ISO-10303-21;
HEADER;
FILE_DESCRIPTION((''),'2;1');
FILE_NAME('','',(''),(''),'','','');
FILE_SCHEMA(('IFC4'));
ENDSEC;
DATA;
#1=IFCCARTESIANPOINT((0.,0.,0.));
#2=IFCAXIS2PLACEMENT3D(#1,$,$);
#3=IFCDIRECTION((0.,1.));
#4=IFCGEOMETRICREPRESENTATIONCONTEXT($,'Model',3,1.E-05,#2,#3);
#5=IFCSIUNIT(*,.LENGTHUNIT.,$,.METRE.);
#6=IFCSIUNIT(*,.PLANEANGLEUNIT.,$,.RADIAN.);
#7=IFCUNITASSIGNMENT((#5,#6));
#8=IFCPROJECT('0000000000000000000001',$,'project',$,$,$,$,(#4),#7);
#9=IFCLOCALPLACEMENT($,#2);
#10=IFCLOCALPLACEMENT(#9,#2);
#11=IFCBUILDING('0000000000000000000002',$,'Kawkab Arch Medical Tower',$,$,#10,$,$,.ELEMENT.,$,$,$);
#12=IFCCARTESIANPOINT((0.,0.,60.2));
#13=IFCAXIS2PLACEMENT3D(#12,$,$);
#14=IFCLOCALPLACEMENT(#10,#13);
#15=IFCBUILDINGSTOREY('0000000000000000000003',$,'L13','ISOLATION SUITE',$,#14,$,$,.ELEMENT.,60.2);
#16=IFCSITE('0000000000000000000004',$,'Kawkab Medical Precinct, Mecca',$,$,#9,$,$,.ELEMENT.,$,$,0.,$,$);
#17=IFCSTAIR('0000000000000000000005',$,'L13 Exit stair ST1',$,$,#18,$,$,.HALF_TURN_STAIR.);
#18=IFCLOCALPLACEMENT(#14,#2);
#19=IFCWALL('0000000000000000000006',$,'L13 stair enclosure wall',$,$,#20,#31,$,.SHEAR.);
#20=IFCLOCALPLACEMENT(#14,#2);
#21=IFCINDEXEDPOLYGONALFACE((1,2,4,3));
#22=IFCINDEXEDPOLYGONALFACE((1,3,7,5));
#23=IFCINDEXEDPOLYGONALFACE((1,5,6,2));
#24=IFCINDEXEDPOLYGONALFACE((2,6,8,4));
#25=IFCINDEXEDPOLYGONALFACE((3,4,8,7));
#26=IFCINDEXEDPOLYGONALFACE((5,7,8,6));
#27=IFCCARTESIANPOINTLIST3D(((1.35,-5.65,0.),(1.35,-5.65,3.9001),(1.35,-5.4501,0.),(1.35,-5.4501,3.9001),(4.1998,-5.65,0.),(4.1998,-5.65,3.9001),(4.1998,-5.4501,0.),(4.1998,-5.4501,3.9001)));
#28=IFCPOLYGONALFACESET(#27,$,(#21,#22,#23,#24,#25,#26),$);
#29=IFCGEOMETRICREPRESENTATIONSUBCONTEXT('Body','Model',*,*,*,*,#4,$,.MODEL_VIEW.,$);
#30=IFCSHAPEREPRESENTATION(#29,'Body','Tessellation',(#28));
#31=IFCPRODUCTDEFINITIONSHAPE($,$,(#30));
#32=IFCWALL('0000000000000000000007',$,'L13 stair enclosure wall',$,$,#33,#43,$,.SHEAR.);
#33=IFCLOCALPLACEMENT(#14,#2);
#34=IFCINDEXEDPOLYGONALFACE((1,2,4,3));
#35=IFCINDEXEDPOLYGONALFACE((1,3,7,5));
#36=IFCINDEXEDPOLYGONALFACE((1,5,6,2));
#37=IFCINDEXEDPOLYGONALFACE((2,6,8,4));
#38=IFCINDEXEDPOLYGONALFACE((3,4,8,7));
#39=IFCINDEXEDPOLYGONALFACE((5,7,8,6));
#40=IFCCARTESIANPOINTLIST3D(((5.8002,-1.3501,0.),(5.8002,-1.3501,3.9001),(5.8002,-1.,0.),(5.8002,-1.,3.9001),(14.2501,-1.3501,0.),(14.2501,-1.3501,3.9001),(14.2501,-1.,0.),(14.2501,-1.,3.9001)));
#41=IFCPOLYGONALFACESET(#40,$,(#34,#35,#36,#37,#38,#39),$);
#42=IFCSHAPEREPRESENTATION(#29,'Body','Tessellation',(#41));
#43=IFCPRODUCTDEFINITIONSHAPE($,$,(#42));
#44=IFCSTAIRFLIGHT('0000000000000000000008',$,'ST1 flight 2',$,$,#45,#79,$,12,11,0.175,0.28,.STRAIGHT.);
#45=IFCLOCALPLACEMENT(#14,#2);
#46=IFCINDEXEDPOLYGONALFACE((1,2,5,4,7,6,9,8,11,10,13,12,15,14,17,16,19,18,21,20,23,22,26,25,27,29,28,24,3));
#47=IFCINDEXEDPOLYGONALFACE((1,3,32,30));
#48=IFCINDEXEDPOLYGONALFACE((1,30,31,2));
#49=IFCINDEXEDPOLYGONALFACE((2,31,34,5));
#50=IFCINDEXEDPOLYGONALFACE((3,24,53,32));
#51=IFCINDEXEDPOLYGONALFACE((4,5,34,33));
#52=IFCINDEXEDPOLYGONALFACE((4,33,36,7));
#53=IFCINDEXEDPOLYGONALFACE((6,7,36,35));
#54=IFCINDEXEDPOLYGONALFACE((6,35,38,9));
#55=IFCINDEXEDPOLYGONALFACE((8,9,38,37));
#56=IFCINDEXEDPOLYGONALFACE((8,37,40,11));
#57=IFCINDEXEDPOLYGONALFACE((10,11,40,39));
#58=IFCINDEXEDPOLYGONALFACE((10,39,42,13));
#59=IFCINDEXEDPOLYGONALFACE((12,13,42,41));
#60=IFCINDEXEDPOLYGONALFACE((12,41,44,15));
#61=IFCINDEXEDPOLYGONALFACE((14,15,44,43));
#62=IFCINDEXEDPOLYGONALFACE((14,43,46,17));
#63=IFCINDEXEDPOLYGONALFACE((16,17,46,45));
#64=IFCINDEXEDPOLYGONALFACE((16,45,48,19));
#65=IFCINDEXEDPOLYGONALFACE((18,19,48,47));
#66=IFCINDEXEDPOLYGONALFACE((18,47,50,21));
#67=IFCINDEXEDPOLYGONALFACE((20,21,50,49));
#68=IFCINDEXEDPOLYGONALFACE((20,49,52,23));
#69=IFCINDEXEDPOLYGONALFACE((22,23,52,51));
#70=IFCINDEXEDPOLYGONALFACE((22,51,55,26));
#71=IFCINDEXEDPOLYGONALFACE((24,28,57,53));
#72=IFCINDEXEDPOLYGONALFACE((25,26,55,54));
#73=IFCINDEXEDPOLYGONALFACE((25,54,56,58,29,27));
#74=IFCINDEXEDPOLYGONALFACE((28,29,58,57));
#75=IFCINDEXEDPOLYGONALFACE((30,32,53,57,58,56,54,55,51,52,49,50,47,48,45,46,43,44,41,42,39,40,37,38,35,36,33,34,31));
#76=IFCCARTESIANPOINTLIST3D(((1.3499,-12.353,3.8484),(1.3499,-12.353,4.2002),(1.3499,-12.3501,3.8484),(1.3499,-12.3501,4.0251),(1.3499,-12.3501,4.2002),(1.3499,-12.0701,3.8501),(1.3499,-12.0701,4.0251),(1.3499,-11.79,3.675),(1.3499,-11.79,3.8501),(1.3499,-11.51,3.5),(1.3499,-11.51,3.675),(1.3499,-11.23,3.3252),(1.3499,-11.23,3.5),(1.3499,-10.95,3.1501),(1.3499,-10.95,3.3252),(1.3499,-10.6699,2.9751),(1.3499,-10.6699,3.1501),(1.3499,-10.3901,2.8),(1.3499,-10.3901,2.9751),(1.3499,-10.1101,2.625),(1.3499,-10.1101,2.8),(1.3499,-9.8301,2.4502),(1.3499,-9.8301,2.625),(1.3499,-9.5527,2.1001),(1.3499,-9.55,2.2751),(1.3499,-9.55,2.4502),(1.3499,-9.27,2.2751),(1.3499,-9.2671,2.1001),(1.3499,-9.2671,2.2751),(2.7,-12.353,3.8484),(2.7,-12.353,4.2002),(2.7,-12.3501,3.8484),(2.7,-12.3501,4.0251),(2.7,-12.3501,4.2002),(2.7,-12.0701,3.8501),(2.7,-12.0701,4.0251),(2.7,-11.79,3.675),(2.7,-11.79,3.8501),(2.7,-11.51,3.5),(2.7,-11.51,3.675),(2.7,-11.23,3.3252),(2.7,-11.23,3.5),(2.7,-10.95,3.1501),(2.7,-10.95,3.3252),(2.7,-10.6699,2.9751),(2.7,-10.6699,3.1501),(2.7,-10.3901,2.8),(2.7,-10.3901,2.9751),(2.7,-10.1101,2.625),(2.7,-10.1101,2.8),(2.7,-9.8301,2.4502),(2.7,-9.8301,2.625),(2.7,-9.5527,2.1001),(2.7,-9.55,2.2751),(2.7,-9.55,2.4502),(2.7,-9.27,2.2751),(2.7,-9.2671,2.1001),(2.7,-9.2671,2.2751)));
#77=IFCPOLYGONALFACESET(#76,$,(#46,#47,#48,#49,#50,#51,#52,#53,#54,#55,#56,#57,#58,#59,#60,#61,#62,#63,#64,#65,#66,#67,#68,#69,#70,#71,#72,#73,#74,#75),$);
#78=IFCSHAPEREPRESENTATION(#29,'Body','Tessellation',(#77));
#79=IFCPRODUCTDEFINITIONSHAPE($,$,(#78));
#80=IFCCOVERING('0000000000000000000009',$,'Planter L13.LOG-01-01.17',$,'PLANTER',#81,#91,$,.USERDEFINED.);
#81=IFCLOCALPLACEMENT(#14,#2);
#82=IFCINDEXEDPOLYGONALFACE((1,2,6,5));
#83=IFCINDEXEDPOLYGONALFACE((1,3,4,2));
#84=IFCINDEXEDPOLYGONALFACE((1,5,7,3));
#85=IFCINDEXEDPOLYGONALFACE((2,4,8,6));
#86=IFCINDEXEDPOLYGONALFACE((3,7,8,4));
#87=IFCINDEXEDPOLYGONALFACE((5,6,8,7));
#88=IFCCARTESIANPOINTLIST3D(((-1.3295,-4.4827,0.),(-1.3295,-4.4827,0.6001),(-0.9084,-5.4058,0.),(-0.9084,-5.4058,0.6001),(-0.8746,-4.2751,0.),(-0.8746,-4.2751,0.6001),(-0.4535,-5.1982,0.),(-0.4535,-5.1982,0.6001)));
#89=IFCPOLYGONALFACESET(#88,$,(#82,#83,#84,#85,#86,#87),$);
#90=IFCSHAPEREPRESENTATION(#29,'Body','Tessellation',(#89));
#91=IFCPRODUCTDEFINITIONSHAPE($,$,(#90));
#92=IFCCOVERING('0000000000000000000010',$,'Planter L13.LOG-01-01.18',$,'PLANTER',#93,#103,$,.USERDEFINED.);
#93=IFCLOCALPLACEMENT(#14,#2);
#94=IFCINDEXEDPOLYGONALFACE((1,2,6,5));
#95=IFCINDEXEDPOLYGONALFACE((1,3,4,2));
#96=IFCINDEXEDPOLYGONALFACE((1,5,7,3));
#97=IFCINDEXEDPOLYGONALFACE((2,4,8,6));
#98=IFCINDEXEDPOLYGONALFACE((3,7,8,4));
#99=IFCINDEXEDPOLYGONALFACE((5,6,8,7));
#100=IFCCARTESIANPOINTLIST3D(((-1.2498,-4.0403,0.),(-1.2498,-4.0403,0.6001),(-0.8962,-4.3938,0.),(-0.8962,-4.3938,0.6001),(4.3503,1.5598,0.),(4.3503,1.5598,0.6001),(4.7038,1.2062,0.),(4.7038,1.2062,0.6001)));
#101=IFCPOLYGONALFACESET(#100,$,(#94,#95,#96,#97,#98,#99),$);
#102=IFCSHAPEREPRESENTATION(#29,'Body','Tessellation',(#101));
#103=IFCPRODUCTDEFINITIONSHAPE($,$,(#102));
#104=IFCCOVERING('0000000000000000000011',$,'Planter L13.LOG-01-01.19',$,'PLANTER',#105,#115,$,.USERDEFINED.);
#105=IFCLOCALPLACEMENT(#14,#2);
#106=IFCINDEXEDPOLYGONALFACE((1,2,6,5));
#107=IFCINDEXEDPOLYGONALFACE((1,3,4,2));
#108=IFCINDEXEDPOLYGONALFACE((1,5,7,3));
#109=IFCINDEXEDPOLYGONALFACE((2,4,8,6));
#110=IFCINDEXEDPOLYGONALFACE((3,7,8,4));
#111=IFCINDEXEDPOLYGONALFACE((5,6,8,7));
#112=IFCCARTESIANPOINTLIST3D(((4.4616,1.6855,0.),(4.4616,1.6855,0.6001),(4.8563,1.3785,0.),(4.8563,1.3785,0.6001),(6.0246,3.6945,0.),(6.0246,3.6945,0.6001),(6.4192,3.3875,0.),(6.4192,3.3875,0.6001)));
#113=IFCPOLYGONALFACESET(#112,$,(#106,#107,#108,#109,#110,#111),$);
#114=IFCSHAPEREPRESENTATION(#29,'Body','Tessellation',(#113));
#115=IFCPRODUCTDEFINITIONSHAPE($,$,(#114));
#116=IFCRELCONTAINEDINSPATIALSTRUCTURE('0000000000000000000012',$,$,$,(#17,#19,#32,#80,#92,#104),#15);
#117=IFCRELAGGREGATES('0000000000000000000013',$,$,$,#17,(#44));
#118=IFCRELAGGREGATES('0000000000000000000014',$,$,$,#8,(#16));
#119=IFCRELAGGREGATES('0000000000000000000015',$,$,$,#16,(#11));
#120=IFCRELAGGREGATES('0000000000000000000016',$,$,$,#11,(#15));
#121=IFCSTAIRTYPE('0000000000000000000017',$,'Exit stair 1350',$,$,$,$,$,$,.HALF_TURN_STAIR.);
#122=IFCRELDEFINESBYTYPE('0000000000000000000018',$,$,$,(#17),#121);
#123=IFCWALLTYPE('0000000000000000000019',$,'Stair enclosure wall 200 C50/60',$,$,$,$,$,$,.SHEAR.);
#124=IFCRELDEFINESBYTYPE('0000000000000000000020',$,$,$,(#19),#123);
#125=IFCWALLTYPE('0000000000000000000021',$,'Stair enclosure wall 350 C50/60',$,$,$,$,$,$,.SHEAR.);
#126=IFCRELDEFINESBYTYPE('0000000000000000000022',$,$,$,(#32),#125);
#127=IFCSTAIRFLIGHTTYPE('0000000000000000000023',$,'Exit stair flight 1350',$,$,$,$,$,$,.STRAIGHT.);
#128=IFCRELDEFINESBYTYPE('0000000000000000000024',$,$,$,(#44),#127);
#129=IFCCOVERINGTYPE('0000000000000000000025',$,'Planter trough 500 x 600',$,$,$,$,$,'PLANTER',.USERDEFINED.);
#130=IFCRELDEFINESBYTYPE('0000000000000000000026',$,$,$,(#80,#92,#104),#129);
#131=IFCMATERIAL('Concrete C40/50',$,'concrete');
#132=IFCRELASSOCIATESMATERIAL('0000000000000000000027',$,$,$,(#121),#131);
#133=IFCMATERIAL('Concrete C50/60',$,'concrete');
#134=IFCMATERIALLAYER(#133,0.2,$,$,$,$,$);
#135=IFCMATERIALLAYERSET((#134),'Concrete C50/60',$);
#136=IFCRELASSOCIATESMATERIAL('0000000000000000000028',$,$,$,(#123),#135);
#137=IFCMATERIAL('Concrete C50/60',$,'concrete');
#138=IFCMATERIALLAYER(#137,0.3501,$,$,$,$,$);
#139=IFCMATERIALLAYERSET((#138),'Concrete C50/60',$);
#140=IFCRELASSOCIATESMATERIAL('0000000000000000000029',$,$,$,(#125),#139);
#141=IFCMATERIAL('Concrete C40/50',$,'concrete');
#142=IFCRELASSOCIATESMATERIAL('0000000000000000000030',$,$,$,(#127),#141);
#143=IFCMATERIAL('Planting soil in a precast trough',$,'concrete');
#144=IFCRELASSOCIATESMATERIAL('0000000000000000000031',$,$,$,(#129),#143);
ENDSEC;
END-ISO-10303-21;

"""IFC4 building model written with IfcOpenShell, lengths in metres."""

from ifc_helpers import new_model, si_unit, direction, frame, frame_2d, origin, origin_2d, place, context, subcontext, project, spatial, polyline, rectangle, outline, extrude, material, layer, layer_set, material_profile, profile_set, type_object, element, aggregate, save


model = new_model("IFC4")

# Units and contexts
model_context = context("Model", 3, precision=1e-05, world=origin(), true_north=direction((0.0, 1.0)))
body_context = subcontext(model_context, "Body", "Model", "MODEL_VIEW")
ifc_project = project(units=[si_unit("LENGTHUNIT", "METRE"), si_unit("PLANEANGLEUNIT", "RADIAN")], contexts=[model_context])

# Site, building, storey
site_placement = place(None, origin())
site = spatial("IfcSite", under=ifc_project, at=site_placement, Name="Kawkab Medical Precinct, Mecca", CompositionType="ELEMENT", RefElevation=0.0)
building_placement = place(site_placement, origin())
building = spatial("IfcBuilding", under=site, at=building_placement, Name="Kawkab Arch Medical Tower", CompositionType="ELEMENT")
storey_placement = place(building_placement, frame((0.0, 0.0, 60.2)))
storey = spatial("IfcBuildingStorey", under=building, at=storey_placement, Name="L13", Description="ISOLATION SUITE", CompositionType="ELEMENT", Elevation=60.2)

# Shared definitions
placement_1 = place(storey_placement, origin())

# Stair
ifc_material_1 = material(Name="Concrete C40/50", Category="concrete")
stair_type = type_object("IfcStairType", Name="Exit stair 1350", PredefinedType="HALF_TURN_STAIR", material=ifc_material_1)
stair_1 = element("IfcStair", 1, at=placement_1, inside=storey, type_object=stair_type, Name="L13 Exit stair ST1", PredefinedType="HALF_TURN_STAIR")

# Walls
ifc_material_2 = material(Name="Concrete C50/60", Category="concrete")
ifc_layer_1 = layer(ifc_material_2, 0.2)
ifc_layer_set_1 = layer_set([ifc_layer_1], Name="Concrete C50/60")
wall_type_1 = type_object("IfcWallType", Name="Stair enclosure wall 200 C50/60", PredefinedType="SHEAR", material=ifc_layer_set_1)
wall_1_placement = place(storey_placement, frame((1.3501, -5.55, 0.0), z_axis=(0.0, 0.0, 1.0), x_axis=(1.0, 0.0, 0.0)))
element("IfcWall", 2, at=wall_1_placement, inside=storey, type_object=wall_type_1, Name="L13 stair enclosure wall", PredefinedType="SHEAR", context=body_context, shape_type="SweptSolid", body=[
    extrude(rectangle(XDim=2.8499, YDim=0.2, at=frame_2d((1.4248, 0.0))), origin(), (0.0, 0.0, 1.0), 3.9001),
])
ifc_material_3 = material(Name="Concrete C50/60", Category="concrete")
ifc_layer_2 = layer(ifc_material_3, 0.3501)
ifc_layer_set_2 = layer_set([ifc_layer_2], Name="Concrete C50/60")
wall_type_2 = type_object("IfcWallType", Name="Stair enclosure wall 350 C50/60", PredefinedType="SHEAR", material=ifc_layer_set_2)
wall_2_placement = place(storey_placement, frame((5.8, -1.175, 0.0), z_axis=(0.0, 0.0, 1.0), x_axis=(1.0, 0.0, 0.0)))
element("IfcWall", 3, at=wall_2_placement, inside=storey, type_object=wall_type_2, Name="L13 stair enclosure wall", PredefinedType="SHEAR", context=body_context, shape_type="SweptSolid", body=[
    extrude(rectangle(XDim=8.45, YDim=0.3501, at=frame_2d((4.2251, 0.0))), origin(), (0.0, 0.0, 1.0), 3.9001),
])

# Stair flight
ifc_material_4 = material(Name="Concrete C40/50", Category="concrete")
stair_flight_type = type_object("IfcStairFlightType", Name="Exit stair flight 1350", PredefinedType="STRAIGHT", material=ifc_material_4)
stair_flight_placement = place(storey_placement, frame((2.0249, -9.27, 2.1001), z_axis=(0.0, 0.0, 1.0), x_axis=(0.0, -1.0, 0.0)))
stair_flight = element("IfcStairFlight", 4, at=stair_flight_placement, type_object=stair_flight_type, Name="ST1 flight 2", NumberOfRisers=12, NumberOfTreads=11, PredefinedType="STRAIGHT", RiserHeight=0.175, TreadLength=0.28, context=body_context, shape_type="SweptSolid", body=[
    extrude(outline(polyline([(-0.0029, 0.0), (-0.0029, 0.175), (0.0, 0.175), (0.28, 0.175), (0.28, 0.3501), (0.5601, 0.3501), (0.5601, 0.5249), (0.8401, 0.5249), (0.8401, 0.7), (1.1201, 0.7), (1.1201, 0.875), (1.3999, 0.875), (1.3999, 1.05), (1.6799, 1.05), (1.6799, 1.2251), (1.96, 1.2251), (1.96, 1.3999), (2.24, 1.3999), (2.24, 1.575), (2.52, 1.575), (2.52, 1.75), (2.8, 1.75), (2.8, 1.925), (3.0801, 1.925), (3.0801, 2.1001), (3.083, 2.1001), (3.083, 1.7483), (3.0801, 1.7483), (0.2827, 0.0), (-0.0029, 0.0)])), frame((0.0, 0.675, 0.0), z_axis=(0.0, -1.0, 0.0), x_axis=(1.0, 0.0, 0.0)), (0.0, 0.0, 1.0), 1.3501),
])
aggregate(stair_1, [stair_flight])

# Coverings
ifc_material_5 = material(Name="Planting soil in a precast trough", Category="concrete")
ifc_material_profile_1 = material_profile(ifc_material_5, rectangle(XDim=0.5, YDim=0.6001, at=origin_2d()), Name="Trough 500x600")
ifc_profile_set_1 = profile_set([ifc_material_profile_1], Name="Planting soil in a precast trough")
covering_type = type_object("IfcCoveringType", Name="Planter trough 500 x 600", ElementType="PLANTER", PredefinedType="USERDEFINED", material=ifc_profile_set_1)
covering_1_placement = place(storey_placement, frame((-0.6809, -5.302, 0.3), z_axis=(-0.415072, 0.909789, 0.0), x_axis=(-0.909789, -0.415072, 0.0)))
element("IfcCovering", 5, at=covering_1_placement, inside=storey, type_object=covering_type, Name="Planter L13.LOG-01-01.17", ObjectType="PLANTER", PredefinedType="USERDEFINED", context=body_context, shape_type="SweptSolid", body=[
    extrude(rectangle(XDim=0.5, YDim=0.6001, at=origin_2d()), origin(), (0.0, 0.0, 1.0), 1.0146),
])
covering_2_placement = place(storey_placement, frame((-1.073, -4.217, 0.3), z_axis=(0.707107, 0.707107, 0.0), x_axis=(-0.707107, 0.707107, 0.0)))
element("IfcCovering", 6, at=covering_2_placement, inside=storey, type_object=covering_type, Name="Planter L13.LOG-01-01.18", ObjectType="PLANTER", PredefinedType="USERDEFINED", context=body_context, shape_type="SweptSolid", body=[
    extrude(rectangle(XDim=0.5, YDim=0.6001, at=origin_2d()), origin(), (0.0, 0.0, 1.0), 7.9197),
])
covering_3_placement = place(storey_placement, frame((4.6589, 1.532, 0.3), z_axis=(0.61404, 0.789275, 0.0), x_axis=(-0.789275, 0.61404, 0.0)))
element("IfcCovering", 7, at=covering_3_placement, inside=storey, type_object=covering_type, Name="Planter L13.LOG-01-01.19", ObjectType="PLANTER", PredefinedType="USERDEFINED", context=body_context, shape_type="SweptSolid", body=[
    extrude(rectangle(XDim=0.5, YDim=0.6001, at=origin_2d()), origin(), (0.0, 0.0, 1.0), 2.5454),
])

save(model, "model.ifc")
